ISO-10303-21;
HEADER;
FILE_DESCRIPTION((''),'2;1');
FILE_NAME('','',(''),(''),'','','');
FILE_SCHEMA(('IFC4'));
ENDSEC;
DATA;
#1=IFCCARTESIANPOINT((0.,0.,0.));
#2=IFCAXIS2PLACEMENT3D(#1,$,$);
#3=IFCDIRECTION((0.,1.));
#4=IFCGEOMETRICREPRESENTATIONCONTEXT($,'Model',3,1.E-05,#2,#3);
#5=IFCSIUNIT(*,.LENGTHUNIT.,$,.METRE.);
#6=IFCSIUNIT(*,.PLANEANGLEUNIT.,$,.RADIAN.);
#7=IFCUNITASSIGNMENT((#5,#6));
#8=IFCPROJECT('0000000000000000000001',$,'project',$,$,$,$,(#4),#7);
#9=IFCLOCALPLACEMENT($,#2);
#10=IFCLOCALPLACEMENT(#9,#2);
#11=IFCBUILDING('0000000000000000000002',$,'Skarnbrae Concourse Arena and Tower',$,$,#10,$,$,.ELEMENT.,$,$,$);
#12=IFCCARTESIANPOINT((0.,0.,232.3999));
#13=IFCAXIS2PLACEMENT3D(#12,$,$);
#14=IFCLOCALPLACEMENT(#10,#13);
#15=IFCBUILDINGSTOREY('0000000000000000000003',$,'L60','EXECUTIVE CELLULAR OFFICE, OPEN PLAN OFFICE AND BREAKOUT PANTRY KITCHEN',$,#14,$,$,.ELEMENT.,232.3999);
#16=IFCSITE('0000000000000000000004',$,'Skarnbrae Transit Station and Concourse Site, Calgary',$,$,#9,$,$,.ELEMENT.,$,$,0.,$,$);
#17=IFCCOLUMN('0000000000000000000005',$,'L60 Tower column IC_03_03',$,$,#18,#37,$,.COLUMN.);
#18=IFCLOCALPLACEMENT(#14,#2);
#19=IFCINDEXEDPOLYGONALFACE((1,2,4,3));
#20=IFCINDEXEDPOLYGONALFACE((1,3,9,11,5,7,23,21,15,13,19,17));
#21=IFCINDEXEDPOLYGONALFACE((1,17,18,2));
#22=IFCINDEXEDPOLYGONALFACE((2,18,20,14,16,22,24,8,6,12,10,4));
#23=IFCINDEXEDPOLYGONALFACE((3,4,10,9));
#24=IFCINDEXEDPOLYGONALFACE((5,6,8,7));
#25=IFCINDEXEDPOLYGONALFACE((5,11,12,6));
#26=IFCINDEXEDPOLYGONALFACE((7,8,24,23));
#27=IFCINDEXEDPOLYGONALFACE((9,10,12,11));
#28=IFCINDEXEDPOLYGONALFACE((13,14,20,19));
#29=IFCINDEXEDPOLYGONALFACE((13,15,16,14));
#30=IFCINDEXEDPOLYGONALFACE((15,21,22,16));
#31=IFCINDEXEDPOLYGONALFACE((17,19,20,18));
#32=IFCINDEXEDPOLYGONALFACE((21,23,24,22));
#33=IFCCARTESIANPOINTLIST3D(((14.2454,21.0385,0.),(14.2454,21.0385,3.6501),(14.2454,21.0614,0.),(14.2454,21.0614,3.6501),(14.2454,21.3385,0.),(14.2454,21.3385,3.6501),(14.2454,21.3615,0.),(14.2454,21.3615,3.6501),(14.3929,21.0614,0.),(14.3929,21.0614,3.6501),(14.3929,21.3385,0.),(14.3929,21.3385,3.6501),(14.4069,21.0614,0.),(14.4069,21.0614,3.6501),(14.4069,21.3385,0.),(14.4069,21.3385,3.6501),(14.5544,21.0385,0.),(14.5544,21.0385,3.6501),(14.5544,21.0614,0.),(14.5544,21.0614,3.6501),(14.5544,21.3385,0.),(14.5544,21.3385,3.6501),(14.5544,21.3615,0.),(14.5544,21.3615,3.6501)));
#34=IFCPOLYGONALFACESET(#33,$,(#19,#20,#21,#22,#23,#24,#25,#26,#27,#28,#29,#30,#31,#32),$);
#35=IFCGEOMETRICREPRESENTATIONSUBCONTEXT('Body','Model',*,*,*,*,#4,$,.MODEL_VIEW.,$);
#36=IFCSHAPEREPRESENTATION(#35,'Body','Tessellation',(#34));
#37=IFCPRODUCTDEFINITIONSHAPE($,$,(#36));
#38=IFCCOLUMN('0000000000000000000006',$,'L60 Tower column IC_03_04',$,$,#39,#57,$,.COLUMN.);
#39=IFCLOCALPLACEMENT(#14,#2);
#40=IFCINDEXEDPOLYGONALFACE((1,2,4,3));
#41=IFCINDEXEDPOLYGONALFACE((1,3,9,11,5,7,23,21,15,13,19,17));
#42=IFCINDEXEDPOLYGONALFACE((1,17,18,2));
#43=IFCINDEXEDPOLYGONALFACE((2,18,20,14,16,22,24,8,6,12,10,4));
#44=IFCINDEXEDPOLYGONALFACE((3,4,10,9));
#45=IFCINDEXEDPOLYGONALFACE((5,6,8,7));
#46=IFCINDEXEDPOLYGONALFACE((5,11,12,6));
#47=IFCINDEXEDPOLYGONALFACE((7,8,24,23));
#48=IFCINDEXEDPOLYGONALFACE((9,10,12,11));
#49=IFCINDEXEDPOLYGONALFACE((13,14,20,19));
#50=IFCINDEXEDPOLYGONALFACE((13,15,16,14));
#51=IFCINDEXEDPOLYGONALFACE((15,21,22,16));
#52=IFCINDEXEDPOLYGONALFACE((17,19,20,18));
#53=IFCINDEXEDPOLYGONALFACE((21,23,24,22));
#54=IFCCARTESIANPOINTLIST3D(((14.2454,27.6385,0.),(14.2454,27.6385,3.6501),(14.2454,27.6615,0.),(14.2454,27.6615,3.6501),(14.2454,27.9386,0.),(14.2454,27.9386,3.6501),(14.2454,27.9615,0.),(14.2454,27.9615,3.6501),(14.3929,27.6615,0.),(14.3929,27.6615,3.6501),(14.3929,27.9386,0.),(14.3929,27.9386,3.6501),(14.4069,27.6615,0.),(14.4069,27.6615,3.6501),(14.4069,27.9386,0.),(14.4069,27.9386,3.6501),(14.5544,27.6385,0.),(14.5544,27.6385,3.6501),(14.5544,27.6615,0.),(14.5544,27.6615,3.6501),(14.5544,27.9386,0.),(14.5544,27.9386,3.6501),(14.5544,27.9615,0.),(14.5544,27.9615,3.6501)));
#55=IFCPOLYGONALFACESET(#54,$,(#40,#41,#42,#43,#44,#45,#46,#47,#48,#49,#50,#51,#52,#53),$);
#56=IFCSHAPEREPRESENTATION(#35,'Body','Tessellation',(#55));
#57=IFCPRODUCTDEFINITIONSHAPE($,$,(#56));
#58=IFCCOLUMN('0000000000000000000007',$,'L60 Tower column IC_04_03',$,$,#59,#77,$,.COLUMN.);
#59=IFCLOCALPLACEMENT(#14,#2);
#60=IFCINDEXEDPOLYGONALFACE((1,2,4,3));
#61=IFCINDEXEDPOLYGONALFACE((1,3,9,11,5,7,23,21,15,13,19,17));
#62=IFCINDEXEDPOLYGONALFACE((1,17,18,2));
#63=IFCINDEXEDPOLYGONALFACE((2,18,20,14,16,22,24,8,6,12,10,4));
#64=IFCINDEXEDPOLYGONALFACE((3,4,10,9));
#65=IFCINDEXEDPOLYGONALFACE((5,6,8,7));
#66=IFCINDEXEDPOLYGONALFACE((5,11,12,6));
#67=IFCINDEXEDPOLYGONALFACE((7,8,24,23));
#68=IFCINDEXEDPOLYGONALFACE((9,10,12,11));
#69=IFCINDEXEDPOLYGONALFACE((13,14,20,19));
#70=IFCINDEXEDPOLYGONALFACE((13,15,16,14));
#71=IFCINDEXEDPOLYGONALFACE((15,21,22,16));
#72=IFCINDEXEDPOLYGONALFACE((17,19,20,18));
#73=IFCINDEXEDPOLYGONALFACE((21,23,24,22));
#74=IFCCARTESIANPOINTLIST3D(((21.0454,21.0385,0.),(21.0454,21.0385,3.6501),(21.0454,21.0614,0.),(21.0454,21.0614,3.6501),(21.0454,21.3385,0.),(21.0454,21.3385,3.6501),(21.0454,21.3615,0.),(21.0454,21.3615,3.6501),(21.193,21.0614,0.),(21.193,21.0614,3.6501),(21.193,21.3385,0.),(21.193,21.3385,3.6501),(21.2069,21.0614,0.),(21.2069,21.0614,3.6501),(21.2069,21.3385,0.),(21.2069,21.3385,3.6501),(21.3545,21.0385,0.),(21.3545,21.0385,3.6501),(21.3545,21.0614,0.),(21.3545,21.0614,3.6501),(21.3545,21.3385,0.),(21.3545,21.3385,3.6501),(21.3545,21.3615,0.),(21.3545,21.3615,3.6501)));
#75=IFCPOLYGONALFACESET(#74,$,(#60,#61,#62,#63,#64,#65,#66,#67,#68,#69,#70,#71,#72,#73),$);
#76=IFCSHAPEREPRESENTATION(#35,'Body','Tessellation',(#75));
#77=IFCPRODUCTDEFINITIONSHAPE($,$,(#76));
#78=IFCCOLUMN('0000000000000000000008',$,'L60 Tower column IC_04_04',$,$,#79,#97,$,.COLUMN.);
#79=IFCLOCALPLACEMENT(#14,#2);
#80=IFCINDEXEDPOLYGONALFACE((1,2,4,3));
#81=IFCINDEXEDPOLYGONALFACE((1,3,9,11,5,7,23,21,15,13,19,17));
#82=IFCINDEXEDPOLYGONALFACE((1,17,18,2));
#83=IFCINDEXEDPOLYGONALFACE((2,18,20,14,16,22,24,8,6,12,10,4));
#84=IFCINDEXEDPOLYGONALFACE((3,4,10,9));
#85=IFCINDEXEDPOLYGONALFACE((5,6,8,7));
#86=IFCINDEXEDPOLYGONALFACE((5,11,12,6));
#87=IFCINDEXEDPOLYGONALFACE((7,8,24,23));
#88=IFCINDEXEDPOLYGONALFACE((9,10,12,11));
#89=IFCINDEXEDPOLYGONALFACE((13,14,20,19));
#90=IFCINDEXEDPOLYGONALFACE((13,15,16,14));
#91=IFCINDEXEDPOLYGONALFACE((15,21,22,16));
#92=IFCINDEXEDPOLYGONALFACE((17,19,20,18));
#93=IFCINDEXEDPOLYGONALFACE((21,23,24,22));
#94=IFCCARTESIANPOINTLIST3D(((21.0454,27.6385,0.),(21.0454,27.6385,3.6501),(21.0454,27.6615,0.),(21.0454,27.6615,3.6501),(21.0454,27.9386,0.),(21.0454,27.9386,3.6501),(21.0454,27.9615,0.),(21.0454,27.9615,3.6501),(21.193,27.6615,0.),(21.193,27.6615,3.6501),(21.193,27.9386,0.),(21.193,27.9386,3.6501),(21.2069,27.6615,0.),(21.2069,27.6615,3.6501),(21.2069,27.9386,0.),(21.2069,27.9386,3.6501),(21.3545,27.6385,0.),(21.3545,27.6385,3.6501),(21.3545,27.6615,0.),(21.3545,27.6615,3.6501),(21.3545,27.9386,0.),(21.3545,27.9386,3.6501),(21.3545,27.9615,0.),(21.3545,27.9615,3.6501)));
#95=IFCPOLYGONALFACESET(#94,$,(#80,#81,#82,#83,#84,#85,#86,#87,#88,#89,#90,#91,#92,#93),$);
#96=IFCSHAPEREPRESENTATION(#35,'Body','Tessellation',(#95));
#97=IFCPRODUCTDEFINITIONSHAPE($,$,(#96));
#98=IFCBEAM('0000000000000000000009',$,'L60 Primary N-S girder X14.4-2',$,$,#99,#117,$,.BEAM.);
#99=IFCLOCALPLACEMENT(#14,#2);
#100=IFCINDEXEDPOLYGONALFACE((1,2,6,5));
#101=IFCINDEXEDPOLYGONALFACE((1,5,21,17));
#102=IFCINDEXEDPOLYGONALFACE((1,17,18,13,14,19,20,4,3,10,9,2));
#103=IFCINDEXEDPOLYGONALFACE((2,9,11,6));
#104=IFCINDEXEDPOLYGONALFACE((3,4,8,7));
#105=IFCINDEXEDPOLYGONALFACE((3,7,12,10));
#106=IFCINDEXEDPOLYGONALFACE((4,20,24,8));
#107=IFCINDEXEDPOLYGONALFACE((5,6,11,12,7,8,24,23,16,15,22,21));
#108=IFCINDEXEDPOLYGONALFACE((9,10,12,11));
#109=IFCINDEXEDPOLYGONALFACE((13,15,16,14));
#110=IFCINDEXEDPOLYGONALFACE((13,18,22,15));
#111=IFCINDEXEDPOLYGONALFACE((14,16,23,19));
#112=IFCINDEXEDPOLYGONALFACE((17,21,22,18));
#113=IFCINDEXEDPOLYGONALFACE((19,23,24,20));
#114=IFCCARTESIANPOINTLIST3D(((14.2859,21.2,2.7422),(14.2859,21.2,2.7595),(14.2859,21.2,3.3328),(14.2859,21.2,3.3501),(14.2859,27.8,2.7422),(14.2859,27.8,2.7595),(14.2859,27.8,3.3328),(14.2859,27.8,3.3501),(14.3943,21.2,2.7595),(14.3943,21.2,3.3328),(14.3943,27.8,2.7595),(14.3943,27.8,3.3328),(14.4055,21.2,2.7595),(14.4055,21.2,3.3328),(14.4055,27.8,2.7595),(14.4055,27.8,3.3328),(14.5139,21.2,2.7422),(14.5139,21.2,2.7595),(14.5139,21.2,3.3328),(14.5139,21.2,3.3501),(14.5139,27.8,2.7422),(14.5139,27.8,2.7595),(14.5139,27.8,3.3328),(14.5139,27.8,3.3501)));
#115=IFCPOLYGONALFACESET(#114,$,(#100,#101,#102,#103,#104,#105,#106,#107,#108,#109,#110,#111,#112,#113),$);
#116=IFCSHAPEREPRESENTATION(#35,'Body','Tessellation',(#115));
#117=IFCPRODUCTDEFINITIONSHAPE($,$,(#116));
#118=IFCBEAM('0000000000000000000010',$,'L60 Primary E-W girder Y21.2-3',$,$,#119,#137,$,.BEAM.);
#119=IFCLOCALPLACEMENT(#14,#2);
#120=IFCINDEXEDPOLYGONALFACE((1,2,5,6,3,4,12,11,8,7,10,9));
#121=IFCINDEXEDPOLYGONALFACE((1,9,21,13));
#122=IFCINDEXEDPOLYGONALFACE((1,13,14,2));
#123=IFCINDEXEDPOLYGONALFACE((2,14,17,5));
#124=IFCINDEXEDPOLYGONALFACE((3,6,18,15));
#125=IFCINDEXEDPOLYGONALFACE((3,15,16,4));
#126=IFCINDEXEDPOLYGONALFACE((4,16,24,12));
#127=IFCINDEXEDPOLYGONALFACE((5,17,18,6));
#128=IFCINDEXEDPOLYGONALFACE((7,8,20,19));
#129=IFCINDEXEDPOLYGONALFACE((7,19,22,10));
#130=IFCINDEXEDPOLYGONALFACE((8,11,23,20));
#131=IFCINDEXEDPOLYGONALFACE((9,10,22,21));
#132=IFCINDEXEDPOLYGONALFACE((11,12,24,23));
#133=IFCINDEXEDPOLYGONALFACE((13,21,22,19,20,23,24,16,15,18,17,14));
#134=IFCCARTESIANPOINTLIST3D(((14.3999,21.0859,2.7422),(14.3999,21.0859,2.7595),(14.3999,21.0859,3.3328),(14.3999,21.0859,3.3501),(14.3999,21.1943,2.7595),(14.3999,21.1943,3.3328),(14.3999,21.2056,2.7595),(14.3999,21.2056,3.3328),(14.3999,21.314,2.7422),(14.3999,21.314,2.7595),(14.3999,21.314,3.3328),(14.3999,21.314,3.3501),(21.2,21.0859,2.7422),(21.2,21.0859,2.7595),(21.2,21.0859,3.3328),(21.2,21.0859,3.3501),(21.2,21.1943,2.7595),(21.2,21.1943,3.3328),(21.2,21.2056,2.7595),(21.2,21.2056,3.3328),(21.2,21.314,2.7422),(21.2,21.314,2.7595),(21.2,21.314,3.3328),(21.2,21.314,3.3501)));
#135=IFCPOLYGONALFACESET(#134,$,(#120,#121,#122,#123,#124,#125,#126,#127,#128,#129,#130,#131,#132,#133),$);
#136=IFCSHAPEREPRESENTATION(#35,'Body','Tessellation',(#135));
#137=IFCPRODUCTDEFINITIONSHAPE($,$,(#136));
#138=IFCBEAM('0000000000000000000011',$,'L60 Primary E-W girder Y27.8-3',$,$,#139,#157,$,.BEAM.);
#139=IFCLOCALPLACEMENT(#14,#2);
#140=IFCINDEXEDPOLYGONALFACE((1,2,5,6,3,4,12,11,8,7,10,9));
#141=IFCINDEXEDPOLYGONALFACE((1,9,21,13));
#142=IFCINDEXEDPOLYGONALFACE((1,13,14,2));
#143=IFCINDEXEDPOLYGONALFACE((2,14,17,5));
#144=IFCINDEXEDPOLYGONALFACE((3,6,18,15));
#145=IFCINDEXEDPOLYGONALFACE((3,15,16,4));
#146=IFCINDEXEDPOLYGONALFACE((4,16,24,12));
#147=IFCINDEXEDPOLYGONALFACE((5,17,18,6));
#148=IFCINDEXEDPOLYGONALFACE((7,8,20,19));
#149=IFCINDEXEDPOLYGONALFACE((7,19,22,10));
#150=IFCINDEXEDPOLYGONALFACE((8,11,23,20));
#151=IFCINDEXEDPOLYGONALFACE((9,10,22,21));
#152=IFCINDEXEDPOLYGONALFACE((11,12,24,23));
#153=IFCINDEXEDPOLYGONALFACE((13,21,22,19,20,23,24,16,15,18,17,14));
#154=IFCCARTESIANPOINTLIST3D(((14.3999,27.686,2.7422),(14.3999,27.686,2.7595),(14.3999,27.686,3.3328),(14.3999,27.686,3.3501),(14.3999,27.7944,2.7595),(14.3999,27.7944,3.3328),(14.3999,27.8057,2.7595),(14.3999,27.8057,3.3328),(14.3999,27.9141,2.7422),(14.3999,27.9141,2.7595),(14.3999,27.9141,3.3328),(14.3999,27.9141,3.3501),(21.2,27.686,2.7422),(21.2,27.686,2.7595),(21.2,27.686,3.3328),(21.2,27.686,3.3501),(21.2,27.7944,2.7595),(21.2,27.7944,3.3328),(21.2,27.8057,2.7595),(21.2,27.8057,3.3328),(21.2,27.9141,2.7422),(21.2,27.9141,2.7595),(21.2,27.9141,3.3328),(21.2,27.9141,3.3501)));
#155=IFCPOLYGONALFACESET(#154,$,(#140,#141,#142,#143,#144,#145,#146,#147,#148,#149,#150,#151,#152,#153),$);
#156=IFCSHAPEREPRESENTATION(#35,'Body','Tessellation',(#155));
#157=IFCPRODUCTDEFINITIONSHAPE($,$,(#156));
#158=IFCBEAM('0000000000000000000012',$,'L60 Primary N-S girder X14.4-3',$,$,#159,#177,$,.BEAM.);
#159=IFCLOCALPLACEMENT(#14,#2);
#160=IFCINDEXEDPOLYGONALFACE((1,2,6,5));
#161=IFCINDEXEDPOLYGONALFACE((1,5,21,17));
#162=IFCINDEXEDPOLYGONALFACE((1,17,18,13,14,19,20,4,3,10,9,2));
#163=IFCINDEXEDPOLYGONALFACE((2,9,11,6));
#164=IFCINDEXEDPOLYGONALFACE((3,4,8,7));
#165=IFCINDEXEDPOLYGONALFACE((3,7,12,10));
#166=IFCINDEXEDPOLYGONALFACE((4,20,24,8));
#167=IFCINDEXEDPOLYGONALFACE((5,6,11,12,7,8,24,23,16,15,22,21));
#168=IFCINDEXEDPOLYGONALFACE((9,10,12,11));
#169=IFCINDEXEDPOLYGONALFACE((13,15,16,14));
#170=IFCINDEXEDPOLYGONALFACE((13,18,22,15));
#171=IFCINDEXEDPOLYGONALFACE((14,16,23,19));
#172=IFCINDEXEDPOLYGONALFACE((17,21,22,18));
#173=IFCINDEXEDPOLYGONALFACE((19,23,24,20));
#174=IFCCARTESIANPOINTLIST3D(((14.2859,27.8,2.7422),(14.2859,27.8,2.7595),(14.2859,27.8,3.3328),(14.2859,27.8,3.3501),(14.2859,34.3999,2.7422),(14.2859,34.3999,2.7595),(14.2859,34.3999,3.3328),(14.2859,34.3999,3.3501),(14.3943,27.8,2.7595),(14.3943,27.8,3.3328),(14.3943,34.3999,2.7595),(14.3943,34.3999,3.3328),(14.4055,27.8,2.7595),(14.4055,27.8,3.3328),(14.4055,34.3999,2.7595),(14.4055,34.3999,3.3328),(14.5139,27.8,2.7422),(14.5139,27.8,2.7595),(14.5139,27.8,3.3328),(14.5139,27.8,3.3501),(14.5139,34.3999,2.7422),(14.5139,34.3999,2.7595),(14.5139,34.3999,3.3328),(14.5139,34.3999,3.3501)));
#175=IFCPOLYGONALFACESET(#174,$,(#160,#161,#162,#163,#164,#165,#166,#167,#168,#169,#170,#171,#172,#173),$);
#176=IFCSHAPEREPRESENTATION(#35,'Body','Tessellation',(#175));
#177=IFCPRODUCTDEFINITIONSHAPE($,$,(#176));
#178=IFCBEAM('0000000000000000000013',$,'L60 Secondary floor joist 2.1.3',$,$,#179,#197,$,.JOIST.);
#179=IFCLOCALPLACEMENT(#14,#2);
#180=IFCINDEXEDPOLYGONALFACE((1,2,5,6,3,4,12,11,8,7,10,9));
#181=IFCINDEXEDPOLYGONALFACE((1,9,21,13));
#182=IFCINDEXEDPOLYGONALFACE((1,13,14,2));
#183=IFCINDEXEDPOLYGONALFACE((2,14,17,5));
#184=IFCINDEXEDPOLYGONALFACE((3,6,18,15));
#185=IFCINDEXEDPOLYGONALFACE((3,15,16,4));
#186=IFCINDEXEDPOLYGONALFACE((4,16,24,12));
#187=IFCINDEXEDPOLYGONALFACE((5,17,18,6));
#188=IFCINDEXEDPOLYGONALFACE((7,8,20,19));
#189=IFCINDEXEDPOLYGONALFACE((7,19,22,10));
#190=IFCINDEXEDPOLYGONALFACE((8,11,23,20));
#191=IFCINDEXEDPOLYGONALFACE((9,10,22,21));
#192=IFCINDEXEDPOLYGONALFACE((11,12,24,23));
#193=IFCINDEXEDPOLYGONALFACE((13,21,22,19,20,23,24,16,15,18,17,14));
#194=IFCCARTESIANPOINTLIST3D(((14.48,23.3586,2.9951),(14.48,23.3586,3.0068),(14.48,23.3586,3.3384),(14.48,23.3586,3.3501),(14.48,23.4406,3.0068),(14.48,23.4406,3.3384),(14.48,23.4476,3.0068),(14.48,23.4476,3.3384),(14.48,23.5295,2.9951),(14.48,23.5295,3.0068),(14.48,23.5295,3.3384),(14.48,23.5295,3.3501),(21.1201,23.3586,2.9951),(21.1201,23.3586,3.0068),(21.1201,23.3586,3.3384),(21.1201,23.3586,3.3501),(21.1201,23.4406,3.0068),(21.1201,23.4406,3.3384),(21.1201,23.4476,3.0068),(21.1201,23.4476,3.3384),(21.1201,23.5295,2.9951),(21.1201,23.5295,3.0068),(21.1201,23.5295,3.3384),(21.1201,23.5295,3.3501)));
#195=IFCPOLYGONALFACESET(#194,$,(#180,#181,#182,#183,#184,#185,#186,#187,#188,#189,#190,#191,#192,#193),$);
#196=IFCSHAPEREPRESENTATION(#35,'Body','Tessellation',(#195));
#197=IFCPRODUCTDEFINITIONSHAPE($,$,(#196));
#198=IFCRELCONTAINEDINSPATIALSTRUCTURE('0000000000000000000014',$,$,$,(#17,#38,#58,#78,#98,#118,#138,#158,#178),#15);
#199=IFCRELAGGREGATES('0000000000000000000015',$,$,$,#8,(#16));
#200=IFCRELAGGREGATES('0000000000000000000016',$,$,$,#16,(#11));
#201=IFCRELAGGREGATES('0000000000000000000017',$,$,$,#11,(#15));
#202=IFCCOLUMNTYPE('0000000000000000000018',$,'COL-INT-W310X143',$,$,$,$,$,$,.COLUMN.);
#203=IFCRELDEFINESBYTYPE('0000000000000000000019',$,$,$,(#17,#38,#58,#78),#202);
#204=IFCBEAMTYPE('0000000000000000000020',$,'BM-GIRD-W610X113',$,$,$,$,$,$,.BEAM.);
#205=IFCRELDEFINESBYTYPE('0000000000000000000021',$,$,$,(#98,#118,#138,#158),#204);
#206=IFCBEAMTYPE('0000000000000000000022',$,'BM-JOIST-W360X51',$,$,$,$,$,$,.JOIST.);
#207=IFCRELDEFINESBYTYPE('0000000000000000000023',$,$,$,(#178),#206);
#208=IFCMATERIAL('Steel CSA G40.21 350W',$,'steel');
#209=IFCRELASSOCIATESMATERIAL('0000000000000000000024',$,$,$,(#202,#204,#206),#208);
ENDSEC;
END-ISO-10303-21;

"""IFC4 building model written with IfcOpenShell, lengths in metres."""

from ifc_helpers import new_model, si_unit, direction, frame, origin, origin_2d, place, context, subcontext, project, spatial, i_section, extrude, source, transform, mapped, material, material_profile, profile_set, type_object, element, save


model = new_model("IFC4")

# Units and contexts
model_context = context("Model", 3, precision=1e-05, world=origin(), true_north=direction((0.0, 1.0)))
body_context = subcontext(model_context, "Body", "Model", "MODEL_VIEW")
ifc_project = project(units=[si_unit("LENGTHUNIT", "METRE"), si_unit("PLANEANGLEUNIT", "RADIAN")], contexts=[model_context])

# Site, building, storey
site_placement = place(None, origin())
site = spatial("IfcSite", under=ifc_project, at=site_placement, Name="Skarnbrae Transit Station and Concourse Site, Calgary", CompositionType="ELEMENT", RefElevation=0.0)
building_placement = place(site_placement, origin())
building = spatial("IfcBuilding", under=site, at=building_placement, Name="Skarnbrae Concourse Arena and Tower", CompositionType="ELEMENT")
storey_placement = place(building_placement, frame((0.0, 0.0, 232.3999)))
storey = spatial("IfcBuildingStorey", under=building, at=storey_placement, Name="L60", Description="EXECUTIVE CELLULAR OFFICE, OPEN PLAN OFFICE AND BREAKOUT PANTRY KITCHEN", CompositionType="ELEMENT", Elevation=232.3999)

# Columns
ifc_material_1 = material(Name="Steel CSA G40.21 350W", Category="steel")
ifc_material_profile_1 = material_profile(ifc_material_1, i_section(OverallWidth=0.3091, OverallDepth=0.323, WebThickness=0.0139, FlangeThickness=0.0229, at=origin_2d()), Name="W310X143")
ifc_profile_set_1 = profile_set([ifc_material_profile_1], Name="Steel CSA G40.21 350W")
column_type = type_object("IfcColumnType", Name="COL-INT-W310X143", PredefinedType="COLUMN", material=ifc_profile_set_1)
shared_shape_1 = source(origin(), body_context, "Body", "SweptSolid", [
    extrude(i_section(OverallWidth=0.3091, OverallDepth=0.323, WebThickness=0.0139, FlangeThickness=0.0229, at=origin_2d()), origin(), (0.0, 0.0, 1.0), 3.6501),
])
for number, where, z_axis, x_axis, name in (
    (1, (14.3999, 21.2, 0.0), (0.0, 0.0, 1.0), (1.0, 0.0, 0.0), "L60 Tower column IC_03_03"),
    (2, (14.3999, 27.8, 0.0), (0.0, 0.0, 1.0), (1.0, 0.0, 0.0), "L60 Tower column IC_03_04"),
    (3, (21.2, 21.2, 0.0), (0.0, 0.0, 1.0), (1.0, 0.0, 0.0), "L60 Tower column IC_04_03"),
    (4, (21.2, 27.8, 0.0), (0.0, 0.0, 1.0), (1.0, 0.0, 0.0), "L60 Tower column IC_04_04"),
):
    element("IfcColumn", number, at=place(storey_placement, frame(where, z_axis=z_axis, x_axis=x_axis)), inside=storey, type_object=column_type, Name=name, PredefinedType="COLUMN", context=body_context, shape_type="MappedRepresentation", body=[
        mapped(shared_shape_1, transform((0.0, 0.0, 0.0))),
    ])

# Beams
ifc_material_profile_2 = material_profile(ifc_material_1, i_section(OverallWidth=0.228, OverallDepth=0.6079, WebThickness=0.0112, FlangeThickness=0.0173, at=origin_2d()), Name="W610X113")
ifc_profile_set_2 = profile_set([ifc_material_profile_2], Name="Steel CSA G40.21 350W")
beam_type_1 = type_object("IfcBeamType", Name="BM-GIRD-W610X113", PredefinedType="BEAM", material=ifc_profile_set_2)
shared_shape_2 = source(origin(), body_context, "Body", "SweptSolid", [
    extrude(i_section(OverallWidth=0.228, OverallDepth=0.6079, WebThickness=0.0112, FlangeThickness=0.0173, at=origin_2d()), origin(), (0.0, 0.0, 1.0), 6.6001),
])
beam_1_placement = place(storey_placement, frame((14.3999, 21.2, 3.0461), z_axis=(0.0, 1.0, 0.0), x_axis=(-1.0, 0.0, 0.0)))
element("IfcBeam", 5, at=beam_1_placement, inside=storey, type_object=beam_type_1, Name="L60 Primary N-S girder X14.4-2", PredefinedType="BEAM", context=body_context, shape_type="MappedRepresentation", body=[
    mapped(shared_shape_2, transform((0.0, 0.0, 0.0))),
])
shared_shape_3 = source(origin(), body_context, "Body", "SweptSolid", [
    extrude(i_section(OverallWidth=0.228, OverallDepth=0.6079, WebThickness=0.0112, FlangeThickness=0.0173, at=origin_2d()), origin(), (0.0, 0.0, 1.0), 6.8),
])
for number, where, z_axis, x_axis, name in (
    (6, (14.3999, 21.2, 3.0461), (1.0, 0.0, 0.0), (0.0, 1.0, 0.0), "L60 Primary E-W girder Y21.2-3"),
    (7, (14.3999, 27.8, 3.0461), (1.0, 0.0, 0.0), (0.0, 1.0, 0.0), "L60 Primary E-W girder Y27.8-3"),
):
    element("IfcBeam", number, at=place(storey_placement, frame(where, z_axis=z_axis, x_axis=x_axis)), inside=storey, type_object=beam_type_1, Name=name, PredefinedType="BEAM", context=body_context, shape_type="MappedRepresentation", body=[
        mapped(shared_shape_3, transform((0.0, 0.0, 0.0))),
    ])
shared_shape_4 = source(origin(), body_context, "Body", "SweptSolid", [
    extrude(i_section(OverallWidth=0.228, OverallDepth=0.6079, WebThickness=0.0112, FlangeThickness=0.0173, at=origin_2d()), origin(), (0.0, 0.0, 1.0), 6.5999),
])
beam_2_placement = place(storey_placement, frame((14.3999, 27.8, 3.0461), z_axis=(0.0, 1.0, 0.0), x_axis=(-1.0, 0.0, 0.0)))
element("IfcBeam", 8, at=beam_2_placement, inside=storey, type_object=beam_type_1, Name="L60 Primary N-S girder X14.4-3", PredefinedType="BEAM", context=body_context, shape_type="MappedRepresentation", body=[
    mapped(shared_shape_4, transform((0.0, 0.0, 0.0))),
])
ifc_material_profile_3 = material_profile(ifc_material_1, i_section(OverallWidth=0.1709, OverallDepth=0.355, WebThickness=0.0071, FlangeThickness=0.0117, at=origin_2d()), Name="W360X51")
ifc_profile_set_3 = profile_set([ifc_material_profile_3], Name="Steel CSA G40.21 350W")
beam_type_2 = type_object("IfcBeamType", Name="BM-JOIST-W360X51", PredefinedType="JOIST", material=ifc_profile_set_3)
shared_shape_5 = source(origin(), body_context, "Body", "SweptSolid", [
    extrude(i_section(OverallWidth=0.1709, OverallDepth=0.355, WebThickness=0.0071, FlangeThickness=0.0117, at=origin_2d()), origin(), (0.0, 0.0, 1.0), 6.6401),
])
for number, where, z_axis, x_axis, name in (
    (9, (14.48, 23.4441, 3.1726), (1.0, 0.0, 0.0), (0.0, 1.0, 0.0), "L60 Secondary floor joist 2.1.3"),
):
    element("IfcBeam", number, at=place(storey_placement, frame(where, z_axis=z_axis, x_axis=x_axis)), inside=storey, type_object=beam_type_2, Name=name, PredefinedType="JOIST", context=body_context, shape_type="MappedRepresentation", body=[
        mapped(shared_shape_5, transform((0.0, 0.0, 0.0))),
    ])

save(model, "model.ifc")
